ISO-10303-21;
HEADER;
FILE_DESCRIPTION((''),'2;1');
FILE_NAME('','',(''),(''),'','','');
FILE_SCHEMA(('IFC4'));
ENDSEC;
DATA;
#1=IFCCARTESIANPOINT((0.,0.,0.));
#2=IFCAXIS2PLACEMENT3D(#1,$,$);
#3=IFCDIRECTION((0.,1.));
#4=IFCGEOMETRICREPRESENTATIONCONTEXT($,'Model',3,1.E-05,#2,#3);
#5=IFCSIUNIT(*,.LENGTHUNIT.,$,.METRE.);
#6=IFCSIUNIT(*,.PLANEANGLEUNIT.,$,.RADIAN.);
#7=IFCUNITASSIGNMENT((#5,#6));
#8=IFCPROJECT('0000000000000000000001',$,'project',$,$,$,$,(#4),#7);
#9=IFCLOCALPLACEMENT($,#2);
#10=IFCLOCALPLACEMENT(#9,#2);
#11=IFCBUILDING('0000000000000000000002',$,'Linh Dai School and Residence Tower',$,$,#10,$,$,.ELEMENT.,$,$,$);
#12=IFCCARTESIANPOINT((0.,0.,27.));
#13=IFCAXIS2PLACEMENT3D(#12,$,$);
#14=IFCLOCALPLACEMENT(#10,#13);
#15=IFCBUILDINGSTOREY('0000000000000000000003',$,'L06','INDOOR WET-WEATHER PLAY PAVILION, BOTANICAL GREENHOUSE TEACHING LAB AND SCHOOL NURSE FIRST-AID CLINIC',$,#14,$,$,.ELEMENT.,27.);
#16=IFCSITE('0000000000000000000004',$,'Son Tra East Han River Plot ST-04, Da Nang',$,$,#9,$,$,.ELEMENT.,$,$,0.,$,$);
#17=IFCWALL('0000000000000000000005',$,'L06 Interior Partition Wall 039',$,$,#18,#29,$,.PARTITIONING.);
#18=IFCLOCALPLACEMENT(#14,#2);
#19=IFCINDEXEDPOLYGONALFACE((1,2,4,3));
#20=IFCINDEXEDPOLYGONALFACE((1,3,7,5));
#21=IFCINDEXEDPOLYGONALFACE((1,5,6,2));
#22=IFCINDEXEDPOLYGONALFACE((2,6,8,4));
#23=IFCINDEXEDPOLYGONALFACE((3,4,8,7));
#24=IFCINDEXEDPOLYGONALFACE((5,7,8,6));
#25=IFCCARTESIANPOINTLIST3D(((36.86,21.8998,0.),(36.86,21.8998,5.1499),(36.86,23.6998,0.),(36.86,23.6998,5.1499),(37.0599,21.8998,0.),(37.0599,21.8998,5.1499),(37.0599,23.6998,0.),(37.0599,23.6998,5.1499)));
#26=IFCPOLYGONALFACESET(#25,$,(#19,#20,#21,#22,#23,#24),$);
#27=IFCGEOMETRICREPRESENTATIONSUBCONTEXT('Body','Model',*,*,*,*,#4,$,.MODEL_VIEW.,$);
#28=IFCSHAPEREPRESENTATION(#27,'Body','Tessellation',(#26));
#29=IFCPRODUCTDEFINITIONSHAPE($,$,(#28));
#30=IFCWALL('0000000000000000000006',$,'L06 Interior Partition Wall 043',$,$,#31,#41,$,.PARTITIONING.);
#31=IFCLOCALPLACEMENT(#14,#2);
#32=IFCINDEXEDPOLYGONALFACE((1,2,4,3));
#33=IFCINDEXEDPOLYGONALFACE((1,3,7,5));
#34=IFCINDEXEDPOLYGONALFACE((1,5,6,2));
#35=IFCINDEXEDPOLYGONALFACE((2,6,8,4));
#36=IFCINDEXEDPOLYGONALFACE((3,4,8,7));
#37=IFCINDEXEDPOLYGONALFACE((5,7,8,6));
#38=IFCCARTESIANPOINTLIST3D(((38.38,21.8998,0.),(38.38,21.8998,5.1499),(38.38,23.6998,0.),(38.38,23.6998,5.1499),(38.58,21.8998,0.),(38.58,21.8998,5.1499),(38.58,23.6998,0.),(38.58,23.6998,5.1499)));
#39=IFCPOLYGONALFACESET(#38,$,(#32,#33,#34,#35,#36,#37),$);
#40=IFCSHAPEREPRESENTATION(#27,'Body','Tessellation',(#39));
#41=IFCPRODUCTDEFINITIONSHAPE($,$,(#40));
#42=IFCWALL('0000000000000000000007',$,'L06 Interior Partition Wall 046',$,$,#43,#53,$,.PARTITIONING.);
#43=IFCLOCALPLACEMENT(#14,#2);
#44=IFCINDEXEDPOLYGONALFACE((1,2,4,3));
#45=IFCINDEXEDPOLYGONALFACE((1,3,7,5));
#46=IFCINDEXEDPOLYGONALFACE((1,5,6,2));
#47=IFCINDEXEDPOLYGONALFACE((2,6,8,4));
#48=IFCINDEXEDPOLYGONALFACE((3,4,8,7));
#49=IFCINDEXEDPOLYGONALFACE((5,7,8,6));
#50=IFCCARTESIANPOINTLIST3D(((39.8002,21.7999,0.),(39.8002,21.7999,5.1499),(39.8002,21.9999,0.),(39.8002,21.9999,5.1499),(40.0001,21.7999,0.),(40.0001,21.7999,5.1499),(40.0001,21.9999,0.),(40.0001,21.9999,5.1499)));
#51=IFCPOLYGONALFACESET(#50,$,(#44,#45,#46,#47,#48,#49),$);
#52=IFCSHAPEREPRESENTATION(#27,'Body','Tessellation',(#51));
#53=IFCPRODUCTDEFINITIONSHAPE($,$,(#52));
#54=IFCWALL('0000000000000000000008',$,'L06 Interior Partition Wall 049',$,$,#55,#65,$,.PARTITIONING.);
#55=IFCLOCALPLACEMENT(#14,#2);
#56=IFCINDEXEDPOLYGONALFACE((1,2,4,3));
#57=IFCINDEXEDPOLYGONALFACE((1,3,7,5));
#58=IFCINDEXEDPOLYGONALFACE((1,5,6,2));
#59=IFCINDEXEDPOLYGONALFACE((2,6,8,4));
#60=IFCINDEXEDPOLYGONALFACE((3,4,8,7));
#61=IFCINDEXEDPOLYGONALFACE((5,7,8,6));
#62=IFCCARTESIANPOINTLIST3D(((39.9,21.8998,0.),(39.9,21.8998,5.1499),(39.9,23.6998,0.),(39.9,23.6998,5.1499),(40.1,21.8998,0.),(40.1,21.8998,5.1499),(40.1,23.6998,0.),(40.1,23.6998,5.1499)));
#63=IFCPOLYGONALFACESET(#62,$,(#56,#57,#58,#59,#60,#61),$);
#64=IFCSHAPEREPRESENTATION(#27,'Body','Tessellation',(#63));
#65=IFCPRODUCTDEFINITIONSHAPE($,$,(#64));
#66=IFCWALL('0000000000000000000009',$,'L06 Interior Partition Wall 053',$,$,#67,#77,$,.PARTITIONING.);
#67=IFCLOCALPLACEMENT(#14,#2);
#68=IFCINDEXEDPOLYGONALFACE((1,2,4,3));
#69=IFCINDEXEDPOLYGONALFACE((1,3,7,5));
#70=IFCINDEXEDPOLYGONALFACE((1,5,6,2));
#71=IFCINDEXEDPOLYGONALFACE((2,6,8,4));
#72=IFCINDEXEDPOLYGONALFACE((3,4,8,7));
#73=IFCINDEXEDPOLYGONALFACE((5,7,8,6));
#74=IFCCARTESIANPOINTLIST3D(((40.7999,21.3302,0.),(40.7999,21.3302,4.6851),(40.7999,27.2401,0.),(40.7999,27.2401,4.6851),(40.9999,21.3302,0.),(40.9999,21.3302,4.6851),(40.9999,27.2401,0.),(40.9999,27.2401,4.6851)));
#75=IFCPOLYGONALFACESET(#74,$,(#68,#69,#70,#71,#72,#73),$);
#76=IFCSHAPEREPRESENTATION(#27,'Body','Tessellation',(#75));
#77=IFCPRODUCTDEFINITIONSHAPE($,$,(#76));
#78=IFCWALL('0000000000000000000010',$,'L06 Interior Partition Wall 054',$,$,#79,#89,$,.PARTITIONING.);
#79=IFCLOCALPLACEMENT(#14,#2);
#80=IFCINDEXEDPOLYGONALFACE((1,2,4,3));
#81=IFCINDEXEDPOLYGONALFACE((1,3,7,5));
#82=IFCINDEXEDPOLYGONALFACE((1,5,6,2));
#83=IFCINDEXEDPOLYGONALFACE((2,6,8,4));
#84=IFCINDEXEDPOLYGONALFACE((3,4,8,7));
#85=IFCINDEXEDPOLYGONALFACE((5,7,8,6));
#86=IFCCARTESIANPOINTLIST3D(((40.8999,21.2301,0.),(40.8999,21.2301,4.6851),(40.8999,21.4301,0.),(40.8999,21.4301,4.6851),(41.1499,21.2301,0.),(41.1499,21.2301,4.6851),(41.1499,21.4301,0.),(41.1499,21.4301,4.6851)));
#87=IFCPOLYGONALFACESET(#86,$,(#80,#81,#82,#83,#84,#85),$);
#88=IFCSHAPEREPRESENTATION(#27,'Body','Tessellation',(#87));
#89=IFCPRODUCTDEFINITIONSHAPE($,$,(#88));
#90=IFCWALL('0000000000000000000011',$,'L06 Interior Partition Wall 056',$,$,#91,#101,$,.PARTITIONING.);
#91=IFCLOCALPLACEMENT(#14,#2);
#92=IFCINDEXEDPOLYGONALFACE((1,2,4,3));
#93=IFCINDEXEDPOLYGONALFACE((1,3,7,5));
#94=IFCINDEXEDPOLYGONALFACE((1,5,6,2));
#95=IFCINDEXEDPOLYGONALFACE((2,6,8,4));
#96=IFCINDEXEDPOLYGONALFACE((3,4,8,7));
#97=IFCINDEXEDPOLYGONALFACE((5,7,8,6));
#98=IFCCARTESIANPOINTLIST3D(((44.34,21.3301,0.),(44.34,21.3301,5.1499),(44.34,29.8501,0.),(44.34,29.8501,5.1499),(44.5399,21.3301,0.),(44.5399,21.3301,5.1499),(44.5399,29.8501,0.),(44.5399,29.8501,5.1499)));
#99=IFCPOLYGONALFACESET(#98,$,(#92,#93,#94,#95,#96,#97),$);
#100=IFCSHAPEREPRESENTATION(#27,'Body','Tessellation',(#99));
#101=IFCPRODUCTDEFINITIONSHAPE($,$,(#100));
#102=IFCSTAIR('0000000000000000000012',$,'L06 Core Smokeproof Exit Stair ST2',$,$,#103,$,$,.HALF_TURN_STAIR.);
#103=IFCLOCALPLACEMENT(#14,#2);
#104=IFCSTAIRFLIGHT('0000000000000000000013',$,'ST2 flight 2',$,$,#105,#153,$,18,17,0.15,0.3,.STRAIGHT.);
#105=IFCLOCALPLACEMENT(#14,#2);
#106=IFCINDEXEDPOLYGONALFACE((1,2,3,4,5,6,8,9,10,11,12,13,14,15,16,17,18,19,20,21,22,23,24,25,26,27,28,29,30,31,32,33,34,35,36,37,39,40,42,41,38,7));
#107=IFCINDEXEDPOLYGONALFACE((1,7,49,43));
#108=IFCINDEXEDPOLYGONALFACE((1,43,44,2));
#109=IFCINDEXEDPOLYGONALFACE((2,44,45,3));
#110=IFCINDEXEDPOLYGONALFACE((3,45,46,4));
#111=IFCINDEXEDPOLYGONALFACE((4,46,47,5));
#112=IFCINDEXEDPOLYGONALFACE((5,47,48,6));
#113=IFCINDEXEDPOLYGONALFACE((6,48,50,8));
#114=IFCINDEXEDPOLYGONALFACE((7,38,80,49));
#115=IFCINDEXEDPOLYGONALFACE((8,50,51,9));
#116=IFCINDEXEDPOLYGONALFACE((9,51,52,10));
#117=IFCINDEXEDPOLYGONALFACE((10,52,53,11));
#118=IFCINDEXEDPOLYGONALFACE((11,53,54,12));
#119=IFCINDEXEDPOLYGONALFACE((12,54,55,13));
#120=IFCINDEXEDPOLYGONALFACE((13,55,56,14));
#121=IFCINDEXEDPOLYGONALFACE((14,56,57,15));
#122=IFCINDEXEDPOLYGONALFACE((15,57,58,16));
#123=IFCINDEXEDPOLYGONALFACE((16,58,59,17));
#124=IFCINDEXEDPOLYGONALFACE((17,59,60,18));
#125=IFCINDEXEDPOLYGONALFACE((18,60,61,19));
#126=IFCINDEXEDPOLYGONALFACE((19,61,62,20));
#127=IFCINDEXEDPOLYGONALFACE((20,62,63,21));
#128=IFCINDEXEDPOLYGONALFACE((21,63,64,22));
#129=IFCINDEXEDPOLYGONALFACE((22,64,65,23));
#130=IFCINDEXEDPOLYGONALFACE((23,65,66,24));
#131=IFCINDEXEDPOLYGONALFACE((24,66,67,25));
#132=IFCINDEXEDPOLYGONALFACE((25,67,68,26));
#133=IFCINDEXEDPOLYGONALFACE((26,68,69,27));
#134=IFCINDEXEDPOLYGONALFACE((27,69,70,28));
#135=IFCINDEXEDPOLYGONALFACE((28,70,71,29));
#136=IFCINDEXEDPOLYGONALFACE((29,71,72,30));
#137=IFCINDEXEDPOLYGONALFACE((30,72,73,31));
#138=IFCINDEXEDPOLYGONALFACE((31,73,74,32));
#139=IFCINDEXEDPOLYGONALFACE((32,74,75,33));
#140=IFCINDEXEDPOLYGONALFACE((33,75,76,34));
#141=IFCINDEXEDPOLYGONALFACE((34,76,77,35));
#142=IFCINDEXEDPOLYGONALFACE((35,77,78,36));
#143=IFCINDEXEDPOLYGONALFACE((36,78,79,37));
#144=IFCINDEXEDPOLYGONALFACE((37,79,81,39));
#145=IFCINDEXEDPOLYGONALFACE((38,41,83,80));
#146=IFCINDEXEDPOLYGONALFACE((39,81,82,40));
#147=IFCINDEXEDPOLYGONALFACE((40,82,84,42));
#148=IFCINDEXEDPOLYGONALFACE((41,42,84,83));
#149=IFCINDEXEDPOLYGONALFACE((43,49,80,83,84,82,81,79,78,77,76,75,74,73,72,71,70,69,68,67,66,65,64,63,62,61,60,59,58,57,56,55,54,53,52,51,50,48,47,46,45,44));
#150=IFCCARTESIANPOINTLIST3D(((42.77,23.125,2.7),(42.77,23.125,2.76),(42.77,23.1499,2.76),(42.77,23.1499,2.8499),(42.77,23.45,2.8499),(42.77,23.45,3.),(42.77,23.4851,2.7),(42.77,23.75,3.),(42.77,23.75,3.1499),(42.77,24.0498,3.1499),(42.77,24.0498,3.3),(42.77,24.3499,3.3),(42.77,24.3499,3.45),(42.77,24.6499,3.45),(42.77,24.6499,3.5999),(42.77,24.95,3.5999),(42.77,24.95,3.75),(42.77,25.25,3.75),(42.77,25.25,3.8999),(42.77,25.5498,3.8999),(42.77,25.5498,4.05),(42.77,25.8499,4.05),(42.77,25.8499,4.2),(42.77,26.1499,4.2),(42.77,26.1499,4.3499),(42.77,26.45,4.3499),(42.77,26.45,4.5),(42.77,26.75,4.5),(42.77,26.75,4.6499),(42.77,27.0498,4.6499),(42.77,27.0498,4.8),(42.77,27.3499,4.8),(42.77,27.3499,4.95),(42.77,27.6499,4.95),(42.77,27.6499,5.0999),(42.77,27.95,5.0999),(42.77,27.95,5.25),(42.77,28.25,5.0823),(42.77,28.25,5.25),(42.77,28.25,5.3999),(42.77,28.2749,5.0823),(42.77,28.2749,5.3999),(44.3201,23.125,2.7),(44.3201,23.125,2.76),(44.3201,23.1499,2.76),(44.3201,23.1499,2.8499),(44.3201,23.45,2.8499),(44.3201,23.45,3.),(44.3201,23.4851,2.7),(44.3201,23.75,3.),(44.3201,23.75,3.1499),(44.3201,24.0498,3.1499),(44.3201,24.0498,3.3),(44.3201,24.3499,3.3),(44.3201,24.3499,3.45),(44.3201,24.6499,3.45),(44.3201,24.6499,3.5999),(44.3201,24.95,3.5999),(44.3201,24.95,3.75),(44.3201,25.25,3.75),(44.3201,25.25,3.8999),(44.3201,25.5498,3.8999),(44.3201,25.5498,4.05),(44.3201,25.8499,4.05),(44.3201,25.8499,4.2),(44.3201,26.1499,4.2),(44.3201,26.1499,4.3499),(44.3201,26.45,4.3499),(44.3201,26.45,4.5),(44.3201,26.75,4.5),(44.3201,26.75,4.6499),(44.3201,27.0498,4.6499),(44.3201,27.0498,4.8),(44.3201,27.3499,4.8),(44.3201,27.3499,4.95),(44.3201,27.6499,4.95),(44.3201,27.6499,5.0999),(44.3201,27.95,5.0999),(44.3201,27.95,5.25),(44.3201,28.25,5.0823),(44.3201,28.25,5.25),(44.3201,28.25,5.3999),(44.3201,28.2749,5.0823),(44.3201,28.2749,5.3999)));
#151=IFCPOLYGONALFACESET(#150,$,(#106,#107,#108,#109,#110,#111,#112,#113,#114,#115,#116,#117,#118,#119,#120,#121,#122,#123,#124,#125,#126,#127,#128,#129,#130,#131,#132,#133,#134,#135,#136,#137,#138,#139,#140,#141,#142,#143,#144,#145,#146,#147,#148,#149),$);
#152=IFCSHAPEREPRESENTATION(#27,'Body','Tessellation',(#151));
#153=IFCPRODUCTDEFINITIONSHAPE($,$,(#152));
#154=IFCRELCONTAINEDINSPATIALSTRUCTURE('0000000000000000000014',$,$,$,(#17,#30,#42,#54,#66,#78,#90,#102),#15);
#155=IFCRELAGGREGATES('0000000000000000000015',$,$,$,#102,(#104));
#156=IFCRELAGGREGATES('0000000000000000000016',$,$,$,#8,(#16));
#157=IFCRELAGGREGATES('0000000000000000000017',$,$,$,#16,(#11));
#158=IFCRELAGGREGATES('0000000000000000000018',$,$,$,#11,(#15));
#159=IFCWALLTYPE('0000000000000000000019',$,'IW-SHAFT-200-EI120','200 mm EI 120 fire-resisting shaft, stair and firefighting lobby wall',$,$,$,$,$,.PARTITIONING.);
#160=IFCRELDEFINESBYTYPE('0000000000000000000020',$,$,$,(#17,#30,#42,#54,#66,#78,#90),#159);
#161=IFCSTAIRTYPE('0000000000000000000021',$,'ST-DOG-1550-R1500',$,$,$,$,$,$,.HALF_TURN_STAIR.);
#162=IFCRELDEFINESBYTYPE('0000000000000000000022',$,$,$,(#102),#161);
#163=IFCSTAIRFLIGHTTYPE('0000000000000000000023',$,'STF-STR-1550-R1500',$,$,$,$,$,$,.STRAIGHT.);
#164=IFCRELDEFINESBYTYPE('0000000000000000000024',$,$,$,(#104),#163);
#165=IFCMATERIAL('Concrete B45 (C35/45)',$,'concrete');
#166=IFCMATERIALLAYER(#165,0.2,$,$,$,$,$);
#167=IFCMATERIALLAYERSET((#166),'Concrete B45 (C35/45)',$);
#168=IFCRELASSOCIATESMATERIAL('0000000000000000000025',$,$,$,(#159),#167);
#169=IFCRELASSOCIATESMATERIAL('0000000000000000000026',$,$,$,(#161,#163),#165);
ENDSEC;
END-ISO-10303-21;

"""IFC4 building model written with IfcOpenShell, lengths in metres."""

from ifc_helpers import new_model, si_unit, direction, frame, frame_2d, origin, place, context, subcontext, project, spatial, polyline, rectangle, outline, extrude, source, transform, mapped, material, layer, layer_set, type_object, element, aggregate, save


model = new_model("IFC4")

# Units and contexts
model_context = context("Model", 3, precision=1e-05, world=origin(), true_north=direction((0.0, 1.0)))
body_context = subcontext(model_context, "Body", "Model", "MODEL_VIEW")
ifc_project = project(units=[si_unit("LENGTHUNIT", "METRE"), si_unit("PLANEANGLEUNIT", "RADIAN")], contexts=[model_context])

# Site, building, storey
site_placement = place(None, origin())
site = spatial("IfcSite", under=ifc_project, at=site_placement, Name="Son Tra East Han River Plot ST-04, Da Nang", CompositionType="ELEMENT", RefElevation=0.0)
building_placement = place(site_placement, origin())
building = spatial("IfcBuilding", under=site, at=building_placement, Name="Linh Dai School and Residence Tower", CompositionType="ELEMENT")
storey_placement = place(building_placement, frame((0.0, 0.0, 27.0)))
storey = spatial("IfcBuildingStorey", under=building, at=storey_placement, Name="L06", Description="INDOOR WET-WEATHER PLAY PAVILION, BOTANICAL GREENHOUSE TEACHING LAB AND SCHOOL NURSE FIRST-AID CLINIC", CompositionType="ELEMENT", Elevation=27.0)

# Walls
ifc_material_1 = material(Name="Concrete B45 (C35/45)", Category="concrete")
ifc_layer_1 = layer(ifc_material_1, 0.2)
ifc_layer_set_1 = layer_set([ifc_layer_1], Name="Concrete B45 (C35/45)")
wall_type_1 = type_object("IfcWallType", Name="IW-SHAFT-200-EI120", Description="200 mm EI 120 fire-resisting shaft, stair and firefighting lobby wall", PredefinedType="PARTITIONING", material=ifc_layer_set_1)
for number, where, z_axis, x_axis, name in (
    (1, (36.96, 21.8999, 0.0), (0.0, 0.0, 1.0), (0.0, 1.0, 0.0), "L06 Interior Partition Wall 039"),
    (2, (38.48, 21.8999, 0.0), (0.0, 0.0, 1.0), (0.0, 1.0, 0.0), "L06 Interior Partition Wall 043"),
):
    element("IfcWall", number, at=place(storey_placement, frame(where, z_axis=z_axis, x_axis=x_axis)), inside=storey, type_object=wall_type_1, Name=name, PredefinedType="PARTITIONING", context=body_context, shape_type="SweptSolid", body=[
        extrude(rectangle(XDim=1.8, YDim=0.2, at=frame_2d((0.8999, 0.0))), origin(), (0.0, 0.0, 1.0), 5.1499),
    ])
wall_1_placement = place(storey_placement, frame((39.8, 21.8999, 0.0), z_axis=(0.0, 0.0, 1.0), x_axis=(1.0, 0.0, 0.0)))
element("IfcWall", 3, at=wall_1_placement, inside=storey, type_object=wall_type_1, Name="L06 Interior Partition Wall 046", PredefinedType="PARTITIONING", context=body_context, shape_type="SweptSolid", body=[
    extrude(rectangle(XDim=0.2, YDim=0.2, at=frame_2d((0.1001, 0.0))), origin(), (0.0, 0.0, 1.0), 5.1499),
])
wall_2_placement = place(storey_placement, frame((40.0, 21.8999, 0.0), z_axis=(0.0, 0.0, 1.0), x_axis=(0.0, 1.0, 0.0)))
element("IfcWall", 4, at=wall_2_placement, inside=storey, type_object=wall_type_1, Name="L06 Interior Partition Wall 049", PredefinedType="PARTITIONING", context=body_context, shape_type="SweptSolid", body=[
    extrude(rectangle(XDim=1.8, YDim=0.2, at=frame_2d((0.8999, 0.0))), origin(), (0.0, 0.0, 1.0), 5.1499),
])
wall_3_placement = place(storey_placement, frame((40.8999, 21.3301, 0.0), z_axis=(0.0, 0.0, 1.0), x_axis=(0.0, 1.0, 0.0)))
element("IfcWall", 5, at=wall_3_placement, inside=storey, type_object=wall_type_1, Name="L06 Interior Partition Wall 053", PredefinedType="PARTITIONING", context=body_context, shape_type="SweptSolid", body=[
    extrude(rectangle(XDim=5.9099, YDim=0.2, at=frame_2d((2.9551, 0.0))), origin(), (0.0, 0.0, 1.0), 4.6851),
])
wall_4_placement = place(storey_placement, frame((40.8999, 21.3301, 0.0), z_axis=(0.0, 0.0, 1.0), x_axis=(1.0, 0.0, 0.0)))
element("IfcWall", 6, at=wall_4_placement, inside=storey, type_object=wall_type_1, Name="L06 Interior Partition Wall 054", PredefinedType="PARTITIONING", context=body_context, shape_type="SweptSolid", body=[
    extrude(rectangle(XDim=0.25, YDim=0.2, at=frame_2d((0.125, 0.0))), origin(), (0.0, 0.0, 1.0), 4.6851),
])
wall_5_placement = place(storey_placement, frame((44.4399, 21.3301, 0.0), z_axis=(0.0, 0.0, 1.0), x_axis=(0.0, 1.0, 0.0)))
element("IfcWall", 7, at=wall_5_placement, inside=storey, type_object=wall_type_1, Name="L06 Interior Partition Wall 056", PredefinedType="PARTITIONING", context=body_context, shape_type="SweptSolid", body=[
    extrude(rectangle(XDim=8.52, YDim=0.2, at=frame_2d((4.26, 0.0))), origin(), (0.0, 0.0, 1.0), 5.1499),
])

# Stair, stair flight
stair_type = type_object("IfcStairType", Name="ST-DOG-1550-R1500", PredefinedType="HALF_TURN_STAIR", material=ifc_material_1)
stair_placement = place(storey_placement, origin())
stair = element("IfcStair", 8, at=stair_placement, inside=storey, type_object=stair_type, Name="L06 Core Smokeproof Exit Stair ST2", PredefinedType="HALF_TURN_STAIR")
stair_flight_type = type_object("IfcStairFlightType", Name="STF-STR-1550-R1500", PredefinedType="STRAIGHT", material=ifc_material_1)
shared_shape_1 = source(origin(), body_context, "Body", "SweptSolid", [
    extrude(outline(polyline([(-0.0249, 0.0), (-0.0249, 0.0601), (0.0, 0.0601), (0.0, 0.1499), (0.3, 0.1499), (0.3, 0.3), (0.6001, 0.3), (0.6001, 0.45), (0.8999, 0.45), (0.8999, 0.6001), (1.2, 0.6001), (1.2, 0.75), (1.5, 0.75), (1.5, 0.8999), (1.8, 0.8999), (1.8, 1.05), (2.1001, 1.05), (2.1001, 1.2), (2.3999, 1.2), (2.3999, 1.3501), (2.7, 1.3501), (2.7, 1.5), (3.0, 1.5), (3.0, 1.6499), (3.3, 1.6499), (3.3, 1.8), (3.6001, 1.8), (3.6001, 1.95), (3.8999, 1.95), (3.8999, 2.1001), (4.2, 2.1001), (4.2, 2.25), (4.5, 2.25), (4.5, 2.3999), (4.8, 2.3999), (4.8, 2.55), (5.1001, 2.55), (5.1001, 2.7), (5.125, 2.7), (5.125, 2.3823), (5.1001, 2.3823), (0.3352, 0.0), (-0.0249, 0.0)])), frame((0.0, 0.7749, 0.0), z_axis=(0.0, -1.0, 0.0), x_axis=(1.0, 0.0, 0.0)), (0.0, 0.0, 1.0), 1.55),
])
stair_flight_placement = place(storey_placement, frame((43.5449, 23.1499, 2.7), z_axis=(0.0, 0.0, 1.0), x_axis=(0.0, 1.0, 0.0)))
stair_flight = element("IfcStairFlight", 9, at=stair_flight_placement, type_object=stair_flight_type, Name="ST2 flight 2", NumberOfRisers=18, NumberOfTreads=17, PredefinedType="STRAIGHT", RiserHeight=0.15, TreadLength=0.3, context=body_context, shape_type="MappedRepresentation", body=[
    mapped(shared_shape_1, transform((0.0, 0.0, 0.0), x_axis=(1.0, 0.0, 0.0), y_axis=(0.0, 1.0, 0.0), z_axis=(0.0, 0.0, 1.0), scale=1.0)),
])
aggregate(stair, [stair_flight])

save(model, "model.ifc")
